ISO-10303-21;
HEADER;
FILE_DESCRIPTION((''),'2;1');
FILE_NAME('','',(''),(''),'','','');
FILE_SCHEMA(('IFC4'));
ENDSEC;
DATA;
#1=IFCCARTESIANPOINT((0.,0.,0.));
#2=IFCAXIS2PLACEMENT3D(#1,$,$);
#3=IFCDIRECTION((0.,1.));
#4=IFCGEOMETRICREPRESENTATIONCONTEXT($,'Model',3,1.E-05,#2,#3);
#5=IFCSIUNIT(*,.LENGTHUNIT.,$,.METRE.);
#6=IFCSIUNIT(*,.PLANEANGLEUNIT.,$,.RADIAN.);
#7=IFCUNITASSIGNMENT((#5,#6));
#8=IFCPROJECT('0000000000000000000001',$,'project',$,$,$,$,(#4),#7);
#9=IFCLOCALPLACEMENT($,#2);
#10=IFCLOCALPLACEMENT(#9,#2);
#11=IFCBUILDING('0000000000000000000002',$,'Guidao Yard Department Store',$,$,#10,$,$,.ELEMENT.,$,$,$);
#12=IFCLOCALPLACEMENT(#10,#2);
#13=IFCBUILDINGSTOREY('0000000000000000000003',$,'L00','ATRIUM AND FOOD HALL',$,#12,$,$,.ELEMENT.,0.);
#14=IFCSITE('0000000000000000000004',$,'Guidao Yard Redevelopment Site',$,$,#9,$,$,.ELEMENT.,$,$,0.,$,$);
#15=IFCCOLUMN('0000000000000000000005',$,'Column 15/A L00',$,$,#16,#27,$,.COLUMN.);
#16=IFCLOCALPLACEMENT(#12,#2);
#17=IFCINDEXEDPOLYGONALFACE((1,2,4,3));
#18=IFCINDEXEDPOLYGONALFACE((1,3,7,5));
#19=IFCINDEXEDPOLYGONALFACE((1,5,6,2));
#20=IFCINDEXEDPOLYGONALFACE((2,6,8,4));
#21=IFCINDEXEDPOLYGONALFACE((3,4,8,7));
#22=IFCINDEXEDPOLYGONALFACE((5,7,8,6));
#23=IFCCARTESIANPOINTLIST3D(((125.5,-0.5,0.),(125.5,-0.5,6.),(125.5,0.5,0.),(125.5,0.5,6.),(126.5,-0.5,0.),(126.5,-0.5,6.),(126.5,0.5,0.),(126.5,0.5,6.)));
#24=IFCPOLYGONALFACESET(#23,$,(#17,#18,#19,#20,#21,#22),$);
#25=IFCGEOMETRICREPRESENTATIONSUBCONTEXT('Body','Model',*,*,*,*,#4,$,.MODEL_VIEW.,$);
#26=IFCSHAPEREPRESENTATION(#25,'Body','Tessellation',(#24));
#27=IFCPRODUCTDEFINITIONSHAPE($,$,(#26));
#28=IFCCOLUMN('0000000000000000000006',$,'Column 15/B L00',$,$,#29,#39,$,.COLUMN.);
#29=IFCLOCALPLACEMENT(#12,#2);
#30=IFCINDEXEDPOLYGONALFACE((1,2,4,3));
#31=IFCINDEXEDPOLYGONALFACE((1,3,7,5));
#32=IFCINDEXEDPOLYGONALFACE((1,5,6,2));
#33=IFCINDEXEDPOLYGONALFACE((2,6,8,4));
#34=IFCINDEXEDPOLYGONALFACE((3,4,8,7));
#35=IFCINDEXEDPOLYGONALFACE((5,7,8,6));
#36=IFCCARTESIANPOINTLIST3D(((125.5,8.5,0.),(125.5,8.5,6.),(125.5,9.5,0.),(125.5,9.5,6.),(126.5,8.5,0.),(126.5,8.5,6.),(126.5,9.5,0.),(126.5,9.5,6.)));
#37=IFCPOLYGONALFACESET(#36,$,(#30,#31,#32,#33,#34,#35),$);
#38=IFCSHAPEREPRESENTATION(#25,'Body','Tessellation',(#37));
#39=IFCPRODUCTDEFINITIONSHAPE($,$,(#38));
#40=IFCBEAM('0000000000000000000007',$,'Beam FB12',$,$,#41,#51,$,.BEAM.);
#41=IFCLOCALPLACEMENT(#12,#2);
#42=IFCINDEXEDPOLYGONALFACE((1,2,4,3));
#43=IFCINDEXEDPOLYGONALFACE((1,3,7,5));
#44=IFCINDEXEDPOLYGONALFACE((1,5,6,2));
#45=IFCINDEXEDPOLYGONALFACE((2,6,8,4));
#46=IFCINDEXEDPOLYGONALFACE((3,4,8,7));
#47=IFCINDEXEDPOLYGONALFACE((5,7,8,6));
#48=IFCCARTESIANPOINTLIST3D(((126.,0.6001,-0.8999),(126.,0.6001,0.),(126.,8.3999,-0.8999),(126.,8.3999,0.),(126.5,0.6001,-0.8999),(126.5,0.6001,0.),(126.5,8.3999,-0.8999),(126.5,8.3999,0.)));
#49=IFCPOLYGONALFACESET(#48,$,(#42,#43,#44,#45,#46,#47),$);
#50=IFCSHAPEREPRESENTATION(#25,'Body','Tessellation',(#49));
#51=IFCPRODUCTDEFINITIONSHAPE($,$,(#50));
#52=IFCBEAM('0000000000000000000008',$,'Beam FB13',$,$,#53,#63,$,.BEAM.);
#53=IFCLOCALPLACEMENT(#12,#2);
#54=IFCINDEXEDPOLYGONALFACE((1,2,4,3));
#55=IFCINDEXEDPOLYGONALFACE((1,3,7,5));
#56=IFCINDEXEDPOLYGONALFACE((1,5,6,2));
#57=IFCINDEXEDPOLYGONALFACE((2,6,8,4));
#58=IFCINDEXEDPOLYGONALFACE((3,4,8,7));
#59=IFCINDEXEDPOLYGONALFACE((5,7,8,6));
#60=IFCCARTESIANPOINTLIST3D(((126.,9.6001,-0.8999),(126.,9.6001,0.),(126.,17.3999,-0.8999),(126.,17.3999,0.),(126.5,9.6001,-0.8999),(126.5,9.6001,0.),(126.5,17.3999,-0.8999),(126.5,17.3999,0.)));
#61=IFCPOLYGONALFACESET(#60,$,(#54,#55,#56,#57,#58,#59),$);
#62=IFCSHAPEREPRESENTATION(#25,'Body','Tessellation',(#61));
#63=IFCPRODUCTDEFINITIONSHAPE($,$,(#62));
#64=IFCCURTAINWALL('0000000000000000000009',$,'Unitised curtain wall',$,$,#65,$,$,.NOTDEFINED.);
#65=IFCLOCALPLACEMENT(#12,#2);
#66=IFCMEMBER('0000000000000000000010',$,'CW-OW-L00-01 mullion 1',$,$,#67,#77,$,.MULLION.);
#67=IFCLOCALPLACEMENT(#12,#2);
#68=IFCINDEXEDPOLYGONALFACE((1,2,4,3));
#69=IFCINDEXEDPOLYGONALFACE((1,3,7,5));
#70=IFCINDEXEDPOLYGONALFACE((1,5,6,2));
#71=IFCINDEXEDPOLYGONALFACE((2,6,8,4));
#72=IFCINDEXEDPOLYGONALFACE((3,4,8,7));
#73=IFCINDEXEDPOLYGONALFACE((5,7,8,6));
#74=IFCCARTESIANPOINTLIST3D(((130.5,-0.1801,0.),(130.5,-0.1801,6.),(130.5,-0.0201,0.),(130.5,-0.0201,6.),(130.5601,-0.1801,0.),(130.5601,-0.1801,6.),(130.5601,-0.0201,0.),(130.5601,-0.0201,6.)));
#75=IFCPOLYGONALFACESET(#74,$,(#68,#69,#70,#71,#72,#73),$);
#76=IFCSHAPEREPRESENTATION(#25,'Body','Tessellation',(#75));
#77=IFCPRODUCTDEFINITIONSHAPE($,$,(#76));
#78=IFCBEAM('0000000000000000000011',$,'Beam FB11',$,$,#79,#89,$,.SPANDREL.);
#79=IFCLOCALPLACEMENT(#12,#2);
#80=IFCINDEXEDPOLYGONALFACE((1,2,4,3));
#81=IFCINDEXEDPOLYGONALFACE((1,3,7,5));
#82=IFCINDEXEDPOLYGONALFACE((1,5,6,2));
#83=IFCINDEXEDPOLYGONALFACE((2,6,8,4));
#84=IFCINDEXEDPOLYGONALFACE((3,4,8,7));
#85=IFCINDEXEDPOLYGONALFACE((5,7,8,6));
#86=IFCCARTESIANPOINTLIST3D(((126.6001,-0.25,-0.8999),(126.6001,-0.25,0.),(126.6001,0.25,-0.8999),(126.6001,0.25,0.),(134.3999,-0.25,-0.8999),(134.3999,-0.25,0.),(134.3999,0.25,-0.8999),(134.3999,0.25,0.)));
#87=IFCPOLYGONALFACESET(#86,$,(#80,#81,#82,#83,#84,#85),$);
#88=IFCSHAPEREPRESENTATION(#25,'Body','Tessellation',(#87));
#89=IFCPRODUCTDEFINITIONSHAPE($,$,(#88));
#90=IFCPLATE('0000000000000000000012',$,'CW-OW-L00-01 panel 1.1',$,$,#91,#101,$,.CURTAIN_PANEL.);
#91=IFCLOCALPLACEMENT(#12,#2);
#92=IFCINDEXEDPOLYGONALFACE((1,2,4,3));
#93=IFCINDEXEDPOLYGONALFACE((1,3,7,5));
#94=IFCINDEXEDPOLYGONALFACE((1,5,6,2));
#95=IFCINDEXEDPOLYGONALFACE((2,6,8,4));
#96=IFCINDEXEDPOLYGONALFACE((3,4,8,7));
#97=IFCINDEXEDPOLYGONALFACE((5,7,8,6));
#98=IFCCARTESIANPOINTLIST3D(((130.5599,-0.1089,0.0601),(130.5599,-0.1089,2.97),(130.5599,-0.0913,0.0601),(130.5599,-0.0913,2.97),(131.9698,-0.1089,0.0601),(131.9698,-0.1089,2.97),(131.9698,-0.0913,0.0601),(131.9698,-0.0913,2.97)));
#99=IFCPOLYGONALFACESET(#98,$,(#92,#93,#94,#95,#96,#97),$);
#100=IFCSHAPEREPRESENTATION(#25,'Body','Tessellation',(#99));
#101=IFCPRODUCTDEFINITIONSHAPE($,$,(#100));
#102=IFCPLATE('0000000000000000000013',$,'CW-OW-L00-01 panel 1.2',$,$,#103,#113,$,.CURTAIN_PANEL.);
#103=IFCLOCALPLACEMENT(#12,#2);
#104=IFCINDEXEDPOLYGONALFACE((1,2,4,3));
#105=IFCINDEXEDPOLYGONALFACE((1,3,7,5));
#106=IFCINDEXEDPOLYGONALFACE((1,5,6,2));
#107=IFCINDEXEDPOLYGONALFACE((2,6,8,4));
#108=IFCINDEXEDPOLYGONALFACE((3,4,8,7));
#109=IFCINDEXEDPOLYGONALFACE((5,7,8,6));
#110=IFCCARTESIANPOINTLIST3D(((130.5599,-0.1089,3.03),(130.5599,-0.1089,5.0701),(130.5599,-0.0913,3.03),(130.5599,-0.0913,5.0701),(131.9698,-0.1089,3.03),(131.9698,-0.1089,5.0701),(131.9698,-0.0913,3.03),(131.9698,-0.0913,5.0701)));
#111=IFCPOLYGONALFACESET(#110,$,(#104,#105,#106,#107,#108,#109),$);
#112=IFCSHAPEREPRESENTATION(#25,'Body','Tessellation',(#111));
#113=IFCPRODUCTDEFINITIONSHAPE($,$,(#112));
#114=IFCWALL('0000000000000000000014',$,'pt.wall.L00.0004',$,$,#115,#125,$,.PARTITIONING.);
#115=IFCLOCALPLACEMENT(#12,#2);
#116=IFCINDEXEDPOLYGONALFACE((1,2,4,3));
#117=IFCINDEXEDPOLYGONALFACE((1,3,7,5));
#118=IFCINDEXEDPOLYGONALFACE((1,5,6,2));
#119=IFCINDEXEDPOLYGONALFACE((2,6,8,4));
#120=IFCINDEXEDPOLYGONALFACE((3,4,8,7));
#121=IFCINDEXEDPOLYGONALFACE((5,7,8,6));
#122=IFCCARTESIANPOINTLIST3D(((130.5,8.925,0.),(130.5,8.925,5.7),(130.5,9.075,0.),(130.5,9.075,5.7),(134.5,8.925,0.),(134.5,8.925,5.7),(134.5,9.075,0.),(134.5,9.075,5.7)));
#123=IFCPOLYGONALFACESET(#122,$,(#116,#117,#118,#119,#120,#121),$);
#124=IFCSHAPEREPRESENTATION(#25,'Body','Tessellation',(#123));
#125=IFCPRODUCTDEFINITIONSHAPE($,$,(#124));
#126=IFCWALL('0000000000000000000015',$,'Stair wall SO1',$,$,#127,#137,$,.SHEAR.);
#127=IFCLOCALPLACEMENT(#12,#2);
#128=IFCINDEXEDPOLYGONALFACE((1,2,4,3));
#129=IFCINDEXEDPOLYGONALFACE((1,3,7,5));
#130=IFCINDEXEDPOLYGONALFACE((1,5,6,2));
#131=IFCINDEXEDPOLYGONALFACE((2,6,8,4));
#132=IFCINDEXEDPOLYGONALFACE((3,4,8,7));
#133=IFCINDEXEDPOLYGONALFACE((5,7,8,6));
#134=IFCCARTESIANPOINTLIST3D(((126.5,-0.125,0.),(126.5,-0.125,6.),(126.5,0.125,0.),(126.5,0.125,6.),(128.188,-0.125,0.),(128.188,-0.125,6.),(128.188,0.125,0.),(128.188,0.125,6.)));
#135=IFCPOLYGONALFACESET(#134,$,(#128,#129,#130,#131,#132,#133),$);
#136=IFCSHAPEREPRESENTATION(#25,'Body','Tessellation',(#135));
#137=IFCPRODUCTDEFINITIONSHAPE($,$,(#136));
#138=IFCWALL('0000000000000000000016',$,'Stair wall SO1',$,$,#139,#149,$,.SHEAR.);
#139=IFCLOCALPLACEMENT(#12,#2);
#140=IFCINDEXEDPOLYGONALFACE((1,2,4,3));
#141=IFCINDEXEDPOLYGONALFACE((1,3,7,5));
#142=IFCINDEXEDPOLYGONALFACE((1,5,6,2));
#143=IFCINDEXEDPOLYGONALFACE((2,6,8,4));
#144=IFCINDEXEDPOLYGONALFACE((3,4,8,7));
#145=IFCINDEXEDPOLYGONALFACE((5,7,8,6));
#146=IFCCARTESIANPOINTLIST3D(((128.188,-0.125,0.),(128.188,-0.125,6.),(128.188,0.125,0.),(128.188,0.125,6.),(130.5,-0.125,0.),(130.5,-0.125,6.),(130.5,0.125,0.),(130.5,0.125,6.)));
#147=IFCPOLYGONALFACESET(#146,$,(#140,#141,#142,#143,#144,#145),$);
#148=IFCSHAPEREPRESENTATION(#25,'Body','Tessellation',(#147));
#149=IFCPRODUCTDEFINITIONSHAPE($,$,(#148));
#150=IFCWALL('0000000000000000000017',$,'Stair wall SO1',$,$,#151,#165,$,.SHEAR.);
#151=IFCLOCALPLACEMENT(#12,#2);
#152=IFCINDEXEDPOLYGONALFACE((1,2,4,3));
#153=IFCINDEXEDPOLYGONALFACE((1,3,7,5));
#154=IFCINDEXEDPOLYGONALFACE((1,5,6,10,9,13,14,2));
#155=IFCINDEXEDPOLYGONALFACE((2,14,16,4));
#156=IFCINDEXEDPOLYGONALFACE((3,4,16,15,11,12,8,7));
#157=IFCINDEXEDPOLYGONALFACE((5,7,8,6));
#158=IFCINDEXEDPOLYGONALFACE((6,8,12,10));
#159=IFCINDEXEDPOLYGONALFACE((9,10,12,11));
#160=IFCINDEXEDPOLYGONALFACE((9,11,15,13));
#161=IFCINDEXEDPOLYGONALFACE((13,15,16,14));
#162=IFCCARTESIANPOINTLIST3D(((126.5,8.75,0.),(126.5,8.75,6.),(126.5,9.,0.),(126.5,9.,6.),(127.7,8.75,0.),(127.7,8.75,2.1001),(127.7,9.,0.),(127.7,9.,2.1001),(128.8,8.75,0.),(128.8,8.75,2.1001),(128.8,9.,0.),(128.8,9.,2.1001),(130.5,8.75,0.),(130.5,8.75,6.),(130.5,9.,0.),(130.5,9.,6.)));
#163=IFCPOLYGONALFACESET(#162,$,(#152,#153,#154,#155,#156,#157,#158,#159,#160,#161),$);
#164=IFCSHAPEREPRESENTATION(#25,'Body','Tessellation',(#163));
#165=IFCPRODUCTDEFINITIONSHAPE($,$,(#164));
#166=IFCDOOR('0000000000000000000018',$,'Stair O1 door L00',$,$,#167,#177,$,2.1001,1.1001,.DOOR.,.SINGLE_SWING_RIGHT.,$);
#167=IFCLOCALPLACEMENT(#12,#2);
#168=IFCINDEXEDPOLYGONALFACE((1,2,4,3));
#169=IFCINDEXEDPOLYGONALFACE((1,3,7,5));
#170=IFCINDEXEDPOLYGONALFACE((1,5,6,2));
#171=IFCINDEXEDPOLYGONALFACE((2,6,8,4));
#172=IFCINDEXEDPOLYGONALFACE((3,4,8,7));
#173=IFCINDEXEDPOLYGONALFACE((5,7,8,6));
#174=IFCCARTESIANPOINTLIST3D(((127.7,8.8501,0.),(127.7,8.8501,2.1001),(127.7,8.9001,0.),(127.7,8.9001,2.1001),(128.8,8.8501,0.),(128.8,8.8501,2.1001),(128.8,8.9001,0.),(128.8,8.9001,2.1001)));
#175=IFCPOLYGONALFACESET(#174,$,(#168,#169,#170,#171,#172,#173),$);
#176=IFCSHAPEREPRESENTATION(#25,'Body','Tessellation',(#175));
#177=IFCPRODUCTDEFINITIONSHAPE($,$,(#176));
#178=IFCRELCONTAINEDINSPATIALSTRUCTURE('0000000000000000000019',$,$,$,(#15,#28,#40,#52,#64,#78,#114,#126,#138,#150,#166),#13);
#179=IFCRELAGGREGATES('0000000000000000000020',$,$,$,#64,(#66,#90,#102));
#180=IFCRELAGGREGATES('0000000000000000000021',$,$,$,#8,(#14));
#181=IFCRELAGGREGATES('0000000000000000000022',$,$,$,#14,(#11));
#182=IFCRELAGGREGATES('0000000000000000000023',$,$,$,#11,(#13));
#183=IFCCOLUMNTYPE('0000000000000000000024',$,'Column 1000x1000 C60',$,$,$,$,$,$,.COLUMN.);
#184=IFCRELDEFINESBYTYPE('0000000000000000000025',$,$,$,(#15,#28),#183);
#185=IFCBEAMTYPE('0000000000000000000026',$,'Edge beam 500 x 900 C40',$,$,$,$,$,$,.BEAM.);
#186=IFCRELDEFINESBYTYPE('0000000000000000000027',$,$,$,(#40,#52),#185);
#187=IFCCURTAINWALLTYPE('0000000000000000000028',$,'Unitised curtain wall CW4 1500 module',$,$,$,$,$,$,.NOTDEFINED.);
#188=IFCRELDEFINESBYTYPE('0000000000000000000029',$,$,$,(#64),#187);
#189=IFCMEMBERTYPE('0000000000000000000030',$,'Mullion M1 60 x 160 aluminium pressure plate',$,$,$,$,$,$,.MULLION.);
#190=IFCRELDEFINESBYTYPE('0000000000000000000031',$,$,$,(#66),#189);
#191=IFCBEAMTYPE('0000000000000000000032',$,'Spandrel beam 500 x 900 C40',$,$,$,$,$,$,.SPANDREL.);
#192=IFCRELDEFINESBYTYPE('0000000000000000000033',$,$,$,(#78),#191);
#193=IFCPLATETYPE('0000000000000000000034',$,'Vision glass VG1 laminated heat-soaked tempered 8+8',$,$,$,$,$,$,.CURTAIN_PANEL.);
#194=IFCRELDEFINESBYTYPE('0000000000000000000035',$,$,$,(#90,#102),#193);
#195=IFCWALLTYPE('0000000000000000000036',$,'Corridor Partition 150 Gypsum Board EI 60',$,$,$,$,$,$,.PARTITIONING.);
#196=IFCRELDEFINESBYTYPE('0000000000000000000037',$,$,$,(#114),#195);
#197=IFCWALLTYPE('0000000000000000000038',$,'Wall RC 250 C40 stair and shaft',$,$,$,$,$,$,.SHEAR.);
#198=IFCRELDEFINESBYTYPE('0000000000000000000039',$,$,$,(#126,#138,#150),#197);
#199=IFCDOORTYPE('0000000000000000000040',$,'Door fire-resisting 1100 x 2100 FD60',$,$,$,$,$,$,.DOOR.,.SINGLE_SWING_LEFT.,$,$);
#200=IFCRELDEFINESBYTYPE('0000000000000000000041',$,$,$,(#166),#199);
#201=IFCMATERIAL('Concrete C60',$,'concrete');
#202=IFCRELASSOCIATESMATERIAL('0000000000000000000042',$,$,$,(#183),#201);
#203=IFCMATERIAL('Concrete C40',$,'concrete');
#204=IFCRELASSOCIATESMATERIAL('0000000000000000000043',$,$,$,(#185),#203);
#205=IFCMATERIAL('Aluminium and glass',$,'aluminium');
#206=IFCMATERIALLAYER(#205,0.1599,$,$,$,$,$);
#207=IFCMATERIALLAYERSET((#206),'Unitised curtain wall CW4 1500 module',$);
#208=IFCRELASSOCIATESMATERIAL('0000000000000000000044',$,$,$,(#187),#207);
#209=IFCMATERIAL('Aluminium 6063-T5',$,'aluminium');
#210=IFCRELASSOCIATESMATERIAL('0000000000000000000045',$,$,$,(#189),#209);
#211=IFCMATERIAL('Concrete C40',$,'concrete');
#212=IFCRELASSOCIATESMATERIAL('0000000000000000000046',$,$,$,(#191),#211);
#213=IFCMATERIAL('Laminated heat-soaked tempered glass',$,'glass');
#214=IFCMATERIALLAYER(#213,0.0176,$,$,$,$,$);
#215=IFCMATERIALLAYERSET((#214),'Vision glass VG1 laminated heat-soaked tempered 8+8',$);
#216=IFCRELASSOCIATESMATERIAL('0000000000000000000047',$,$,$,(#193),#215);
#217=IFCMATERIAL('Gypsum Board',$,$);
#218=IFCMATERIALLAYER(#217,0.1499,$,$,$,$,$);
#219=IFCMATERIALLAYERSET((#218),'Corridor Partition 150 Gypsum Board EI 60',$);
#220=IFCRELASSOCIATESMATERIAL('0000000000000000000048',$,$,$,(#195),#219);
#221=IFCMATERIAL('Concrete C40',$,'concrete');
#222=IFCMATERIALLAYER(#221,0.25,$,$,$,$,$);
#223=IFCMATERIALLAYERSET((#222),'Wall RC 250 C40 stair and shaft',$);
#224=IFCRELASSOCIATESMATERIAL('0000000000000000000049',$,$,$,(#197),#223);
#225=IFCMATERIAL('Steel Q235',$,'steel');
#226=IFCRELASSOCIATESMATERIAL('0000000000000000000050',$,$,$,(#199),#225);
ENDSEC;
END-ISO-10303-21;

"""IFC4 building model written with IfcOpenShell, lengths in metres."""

from ifc_helpers import new_model, si_unit, direction, frame, frame_2d, origin, origin_2d, place, context, subcontext, project, spatial, rectangle, extrude, material, layer, layer_set, material_profile, profile_set, type_object, element, fill, aggregate, save


model = new_model("IFC4")

# Units and contexts
model_context = context("Model", 3, precision=1e-05, world=origin(), true_north=direction((0.0, 1.0)))
body_context = subcontext(model_context, "Body", "Model", "MODEL_VIEW")
ifc_project = project(units=[si_unit("LENGTHUNIT", "METRE"), si_unit("PLANEANGLEUNIT", "RADIAN")], contexts=[model_context])

# Site, building, storey
site_placement = place(None, origin())
site = spatial("IfcSite", under=ifc_project, at=site_placement, Name="Guidao Yard Redevelopment Site", CompositionType="ELEMENT", RefElevation=0.0)
building_placement = place(site_placement, origin())
building = spatial("IfcBuilding", under=site, at=building_placement, Name="Guidao Yard Department Store", CompositionType="ELEMENT")
storey_placement = place(building_placement, origin())
storey = spatial("IfcBuildingStorey", under=building, at=storey_placement, Name="L00", Description="ATRIUM AND FOOD HALL", CompositionType="ELEMENT", Elevation=0.0)

# Columns
ifc_material_1 = material(Name="Concrete C60", Category="concrete")
ifc_material_profile_1 = material_profile(ifc_material_1, rectangle(XDim=1.0, YDim=1.0, at=origin_2d()), Name="COL 1000x1000")
ifc_profile_set_1 = profile_set([ifc_material_profile_1], Name="Concrete C60")
column_type = type_object("IfcColumnType", Name="Column 1000x1000 C60", PredefinedType="COLUMN", material=ifc_profile_set_1)
for number, where, z_axis, x_axis, name in (
    (1, (126.0, 0.0, 0.0), (0.0, 0.0, 1.0), (1.0, 0.0, 0.0), "Column 15/A L00"),
    (2, (126.0, 9.0, 0.0), (0.0, 0.0, 1.0), (1.0, 0.0, 0.0), "Column 15/B L00"),
):
    element("IfcColumn", number, at=place(storey_placement, frame(where, z_axis=z_axis, x_axis=x_axis)), inside=storey, type_object=column_type, Name=name, PredefinedType="COLUMN", context=body_context, shape_type="SweptSolid", body=[
        extrude(rectangle(XDim=1.0, YDim=1.0, at=origin_2d()), origin(), (0.0, 0.0, 1.0), 6.0),
    ])

# Beams
ifc_material_2 = material(Name="Concrete C40", Category="concrete")
ifc_material_profile_2 = material_profile(ifc_material_2, rectangle(XDim=0.5, YDim=0.8999, at=origin_2d()), Name="Edge beam 500 x 900 C40")
ifc_profile_set_2 = profile_set([ifc_material_profile_2], Name="Concrete C40")
beam_type_1 = type_object("IfcBeamType", Name="Edge beam 500 x 900 C40", PredefinedType="BEAM", material=ifc_profile_set_2)
for number, where, z_axis, x_axis, name in (
    (3, (126.25, 0.6001, -0.45), (0.0, 1.0, 0.0), (-1.0, 0.0, 0.0), "Beam FB12"),
    (4, (126.25, 9.6001, -0.45), (0.0, 1.0, 0.0), (-1.0, 0.0, 0.0), "Beam FB13"),
):
    element("IfcBeam", number, at=place(storey_placement, frame(where, z_axis=z_axis, x_axis=x_axis)), inside=storey, type_object=beam_type_1, Name=name, PredefinedType="BEAM", context=body_context, shape_type="SweptSolid", body=[
        extrude(rectangle(XDim=0.5, YDim=0.8999, at=origin_2d()), origin(), (0.0, 0.0, 1.0), 7.7998),
    ])

# Curtain wall, member
ifc_material_3 = material(Name="Aluminium and glass", Category="aluminium")
ifc_layer_1 = layer(ifc_material_3, 0.1599)
ifc_layer_set_1 = layer_set([ifc_layer_1], Name="Unitised curtain wall CW4 1500 module")
curtain_wall_type = type_object("IfcCurtainWallType", Name="Unitised curtain wall CW4 1500 module", PredefinedType="NOTDEFINED", material=ifc_layer_set_1)
curtain_wall_placement = place(storey_placement, origin())
curtain_wall = element("IfcCurtainWall", 5, at=curtain_wall_placement, inside=storey, type_object=curtain_wall_type, Name="Unitised curtain wall", PredefinedType="NOTDEFINED")
ifc_material_4 = material(Name="Aluminium 6063-T5", Category="aluminium")
ifc_material_profile_3 = material_profile(ifc_material_4, rectangle(XDim=0.0601, YDim=0.1599, at=origin_2d()), Name="Mullion M1 60 x 160 aluminium pressure plate")
ifc_profile_set_3 = profile_set([ifc_material_profile_3], Name="Aluminium 6063-T5")
member_type = type_object("IfcMemberType", Name="Mullion M1 60 x 160 aluminium pressure plate", PredefinedType="MULLION", material=ifc_profile_set_3)
member_placement = place(storey_placement, frame((130.53, -0.1001, 0.0), z_axis=(0.0, 0.0, 1.0), x_axis=(-1.0, 0.0, 0.0)))
member = element("IfcMember", 6, at=member_placement, type_object=member_type, Name="CW-OW-L00-01 mullion 1", PredefinedType="MULLION", context=body_context, shape_type="SweptSolid", body=[
    extrude(rectangle(XDim=0.0601, YDim=0.1599, at=origin_2d()), origin(), (0.0, 0.0, 1.0), 6.0),
])

# Beam
ifc_material_5 = material(Name="Concrete C40", Category="concrete")
ifc_material_profile_4 = material_profile(ifc_material_5, rectangle(XDim=0.5, YDim=0.8999, at=origin_2d()), Name="Spandrel beam 500 x 900 C40")
ifc_profile_set_4 = profile_set([ifc_material_profile_4], Name="Concrete C40")
beam_type_2 = type_object("IfcBeamType", Name="Spandrel beam 500 x 900 C40", PredefinedType="SPANDREL", material=ifc_profile_set_4)
beam_placement = place(storey_placement, frame((126.6001, 0.0, -0.45), z_axis=(1.0, 0.0, 0.0), x_axis=(0.0, 1.0, 0.0)))
element("IfcBeam", 7, at=beam_placement, inside=storey, type_object=beam_type_2, Name="Beam FB11", PredefinedType="SPANDREL", context=body_context, shape_type="SweptSolid", body=[
    extrude(rectangle(XDim=0.5, YDim=0.8999, at=origin_2d()), origin(), (0.0, 0.0, 1.0), 7.7998),
])

# Plates
ifc_material_6 = material(Name="Laminated heat-soaked tempered glass", Category="glass")
ifc_layer_2 = layer(ifc_material_6, 0.0176)
ifc_layer_set_2 = layer_set([ifc_layer_2], Name="Vision glass VG1 laminated heat-soaked tempered 8+8")
plate_type = type_object("IfcPlateType", Name="Vision glass VG1 laminated heat-soaked tempered 8+8", PredefinedType="CURTAIN_PANEL", material=ifc_layer_set_2)
plate_1_placement = place(storey_placement, frame((131.2649, -0.1001, 0.0601), z_axis=(0.0, 0.0, 1.0), x_axis=(-1.0, 0.0, 0.0)))
plate_1 = element("IfcPlate", 8, at=plate_1_placement, type_object=plate_type, Name="CW-OW-L00-01 panel 1.1", PredefinedType="CURTAIN_PANEL", context=body_context, shape_type="SweptSolid", body=[
    extrude(rectangle(XDim=1.4099, YDim=0.0176, at=origin_2d()), origin(), (0.0, 0.0, 1.0), 2.9099),
])
plate_2_placement = place(storey_placement, frame((131.2649, -0.1001, 3.03), z_axis=(0.0, 0.0, 1.0), x_axis=(-1.0, 0.0, 0.0)))
plate_2 = element("IfcPlate", 9, at=plate_2_placement, type_object=plate_type, Name="CW-OW-L00-01 panel 1.2", PredefinedType="CURTAIN_PANEL", context=body_context, shape_type="SweptSolid", body=[
    extrude(rectangle(XDim=1.4099, YDim=0.0176, at=origin_2d()), origin(), (0.0, 0.0, 1.0), 2.04),
])
aggregate(curtain_wall, [member, plate_1, plate_2])

# Walls
ifc_material_7 = material(Name="Gypsum Board")
ifc_layer_3 = layer(ifc_material_7, 0.1499)
ifc_layer_set_3 = layer_set([ifc_layer_3], Name="Corridor Partition 150 Gypsum Board EI 60")
wall_type_1 = type_object("IfcWallType", Name="Corridor Partition 150 Gypsum Board EI 60", PredefinedType="PARTITIONING", material=ifc_layer_set_3)
wall_1_placement = place(storey_placement, frame((130.5, 9.0, 0.0), z_axis=(0.0, 0.0, 1.0), x_axis=(1.0, 0.0, 0.0)))
element("IfcWall", 10, at=wall_1_placement, inside=storey, type_object=wall_type_1, Name="pt.wall.L00.0004", PredefinedType="PARTITIONING", context=body_context, shape_type="SweptSolid", body=[
    extrude(rectangle(XDim=4.0, YDim=0.1499, at=frame_2d((2.0, 0.0))), origin(), (0.0, 0.0, 1.0), 5.7),
])
ifc_material_8 = material(Name="Concrete C40", Category="concrete")
ifc_layer_4 = layer(ifc_material_8, 0.25)
ifc_layer_set_4 = layer_set([ifc_layer_4], Name="Wall RC 250 C40 stair and shaft")
wall_type_2 = type_object("IfcWallType", Name="Wall RC 250 C40 stair and shaft", PredefinedType="SHEAR", material=ifc_layer_set_4)
wall_2_placement = place(storey_placement, frame((126.5, 0.0, 0.0), z_axis=(0.0, 0.0, 1.0), x_axis=(1.0, 0.0, 0.0)))
element("IfcWall", 11, at=wall_2_placement, inside=storey, type_object=wall_type_2, Name="Stair wall SO1", PredefinedType="SHEAR", context=body_context, shape_type="SweptSolid", body=[
    extrude(rectangle(XDim=1.688, YDim=0.25, at=frame_2d((0.844, 0.0))), origin(), (0.0, 0.0, 1.0), 6.0),
])
wall_3_placement = place(storey_placement, frame((128.188, 0.0, 0.0), z_axis=(0.0, 0.0, 1.0), x_axis=(1.0, 0.0, 0.0)))
element("IfcWall", 12, at=wall_3_placement, inside=storey, type_object=wall_type_2, Name="Stair wall SO1", PredefinedType="SHEAR", context=body_context, shape_type="SweptSolid", body=[
    extrude(rectangle(XDim=2.312, YDim=0.25, at=frame_2d((1.156, 0.0))), origin(), (0.0, 0.0, 1.0), 6.0),
])

# Wall, opening, door
wall_4_placement = place(storey_placement, frame((126.5, 8.875, 0.0), z_axis=(0.0, 0.0, 1.0), x_axis=(1.0, 0.0, 0.0)))
wall_4 = element("IfcWall", 13, at=wall_4_placement, inside=storey, type_object=wall_type_2, Name="Stair wall SO1", PredefinedType="SHEAR", context=body_context, shape_type="SweptSolid", body=[
    extrude(rectangle(XDim=4.0, YDim=0.25, at=frame_2d((2.0, 0.0))), origin(), (0.0, 0.0, 1.0), 6.0),
])
opening_1_placement = place(wall_4_placement, frame((2.3, 0.0, 0.0), z_axis=(0.0, 0.0, 1.0), x_axis=(-1.0, 0.0, 0.0)))
opening_1 = element("IfcOpeningElement", 14, at=opening_1_placement, cuts=wall_4, PredefinedType="OPENING", context=body_context, shape_type="SweptSolid", body=[
    extrude(rectangle(XDim=1.1001, YDim=2.1001, at=frame_2d((0.55, 1.05))), frame((0.0, 0.135, 0.0), z_axis=(0.0, -1.0, 0.0), x_axis=(1.0, 0.0, 0.0)), (0.0, 0.0, 1.0), 0.27),
])
ifc_material_9 = material(Name="Steel Q235", Category="steel")
door_type_1 = type_object("IfcDoorType", Name="Door fire-resisting 1100 x 2100 FD60", OperationType="SINGLE_SWING_LEFT", PredefinedType="DOOR", material=ifc_material_9)
door_1_placement = place(opening_1_placement, origin())
door_1 = element("IfcDoor", 15, at=door_1_placement, inside=storey, type_object=door_type_1, Name="Stair O1 door L00", OperationType="SINGLE_SWING_RIGHT", OverallHeight=2.1001, OverallWidth=1.1001, PredefinedType="DOOR", context=body_context, shape_type="SweptSolid", body=[
    extrude(rectangle(XDim=1.1001, YDim=2.1001, at=frame_2d((0.55, 1.05))), frame((0.0, 0.0249, 0.0), z_axis=(0.0, -1.0, 0.0), x_axis=(1.0, 0.0, 0.0)), (0.0, 0.0, 1.0), 0.05),
])
fill(opening_1, door_1)

save(model, "model.ifc")
